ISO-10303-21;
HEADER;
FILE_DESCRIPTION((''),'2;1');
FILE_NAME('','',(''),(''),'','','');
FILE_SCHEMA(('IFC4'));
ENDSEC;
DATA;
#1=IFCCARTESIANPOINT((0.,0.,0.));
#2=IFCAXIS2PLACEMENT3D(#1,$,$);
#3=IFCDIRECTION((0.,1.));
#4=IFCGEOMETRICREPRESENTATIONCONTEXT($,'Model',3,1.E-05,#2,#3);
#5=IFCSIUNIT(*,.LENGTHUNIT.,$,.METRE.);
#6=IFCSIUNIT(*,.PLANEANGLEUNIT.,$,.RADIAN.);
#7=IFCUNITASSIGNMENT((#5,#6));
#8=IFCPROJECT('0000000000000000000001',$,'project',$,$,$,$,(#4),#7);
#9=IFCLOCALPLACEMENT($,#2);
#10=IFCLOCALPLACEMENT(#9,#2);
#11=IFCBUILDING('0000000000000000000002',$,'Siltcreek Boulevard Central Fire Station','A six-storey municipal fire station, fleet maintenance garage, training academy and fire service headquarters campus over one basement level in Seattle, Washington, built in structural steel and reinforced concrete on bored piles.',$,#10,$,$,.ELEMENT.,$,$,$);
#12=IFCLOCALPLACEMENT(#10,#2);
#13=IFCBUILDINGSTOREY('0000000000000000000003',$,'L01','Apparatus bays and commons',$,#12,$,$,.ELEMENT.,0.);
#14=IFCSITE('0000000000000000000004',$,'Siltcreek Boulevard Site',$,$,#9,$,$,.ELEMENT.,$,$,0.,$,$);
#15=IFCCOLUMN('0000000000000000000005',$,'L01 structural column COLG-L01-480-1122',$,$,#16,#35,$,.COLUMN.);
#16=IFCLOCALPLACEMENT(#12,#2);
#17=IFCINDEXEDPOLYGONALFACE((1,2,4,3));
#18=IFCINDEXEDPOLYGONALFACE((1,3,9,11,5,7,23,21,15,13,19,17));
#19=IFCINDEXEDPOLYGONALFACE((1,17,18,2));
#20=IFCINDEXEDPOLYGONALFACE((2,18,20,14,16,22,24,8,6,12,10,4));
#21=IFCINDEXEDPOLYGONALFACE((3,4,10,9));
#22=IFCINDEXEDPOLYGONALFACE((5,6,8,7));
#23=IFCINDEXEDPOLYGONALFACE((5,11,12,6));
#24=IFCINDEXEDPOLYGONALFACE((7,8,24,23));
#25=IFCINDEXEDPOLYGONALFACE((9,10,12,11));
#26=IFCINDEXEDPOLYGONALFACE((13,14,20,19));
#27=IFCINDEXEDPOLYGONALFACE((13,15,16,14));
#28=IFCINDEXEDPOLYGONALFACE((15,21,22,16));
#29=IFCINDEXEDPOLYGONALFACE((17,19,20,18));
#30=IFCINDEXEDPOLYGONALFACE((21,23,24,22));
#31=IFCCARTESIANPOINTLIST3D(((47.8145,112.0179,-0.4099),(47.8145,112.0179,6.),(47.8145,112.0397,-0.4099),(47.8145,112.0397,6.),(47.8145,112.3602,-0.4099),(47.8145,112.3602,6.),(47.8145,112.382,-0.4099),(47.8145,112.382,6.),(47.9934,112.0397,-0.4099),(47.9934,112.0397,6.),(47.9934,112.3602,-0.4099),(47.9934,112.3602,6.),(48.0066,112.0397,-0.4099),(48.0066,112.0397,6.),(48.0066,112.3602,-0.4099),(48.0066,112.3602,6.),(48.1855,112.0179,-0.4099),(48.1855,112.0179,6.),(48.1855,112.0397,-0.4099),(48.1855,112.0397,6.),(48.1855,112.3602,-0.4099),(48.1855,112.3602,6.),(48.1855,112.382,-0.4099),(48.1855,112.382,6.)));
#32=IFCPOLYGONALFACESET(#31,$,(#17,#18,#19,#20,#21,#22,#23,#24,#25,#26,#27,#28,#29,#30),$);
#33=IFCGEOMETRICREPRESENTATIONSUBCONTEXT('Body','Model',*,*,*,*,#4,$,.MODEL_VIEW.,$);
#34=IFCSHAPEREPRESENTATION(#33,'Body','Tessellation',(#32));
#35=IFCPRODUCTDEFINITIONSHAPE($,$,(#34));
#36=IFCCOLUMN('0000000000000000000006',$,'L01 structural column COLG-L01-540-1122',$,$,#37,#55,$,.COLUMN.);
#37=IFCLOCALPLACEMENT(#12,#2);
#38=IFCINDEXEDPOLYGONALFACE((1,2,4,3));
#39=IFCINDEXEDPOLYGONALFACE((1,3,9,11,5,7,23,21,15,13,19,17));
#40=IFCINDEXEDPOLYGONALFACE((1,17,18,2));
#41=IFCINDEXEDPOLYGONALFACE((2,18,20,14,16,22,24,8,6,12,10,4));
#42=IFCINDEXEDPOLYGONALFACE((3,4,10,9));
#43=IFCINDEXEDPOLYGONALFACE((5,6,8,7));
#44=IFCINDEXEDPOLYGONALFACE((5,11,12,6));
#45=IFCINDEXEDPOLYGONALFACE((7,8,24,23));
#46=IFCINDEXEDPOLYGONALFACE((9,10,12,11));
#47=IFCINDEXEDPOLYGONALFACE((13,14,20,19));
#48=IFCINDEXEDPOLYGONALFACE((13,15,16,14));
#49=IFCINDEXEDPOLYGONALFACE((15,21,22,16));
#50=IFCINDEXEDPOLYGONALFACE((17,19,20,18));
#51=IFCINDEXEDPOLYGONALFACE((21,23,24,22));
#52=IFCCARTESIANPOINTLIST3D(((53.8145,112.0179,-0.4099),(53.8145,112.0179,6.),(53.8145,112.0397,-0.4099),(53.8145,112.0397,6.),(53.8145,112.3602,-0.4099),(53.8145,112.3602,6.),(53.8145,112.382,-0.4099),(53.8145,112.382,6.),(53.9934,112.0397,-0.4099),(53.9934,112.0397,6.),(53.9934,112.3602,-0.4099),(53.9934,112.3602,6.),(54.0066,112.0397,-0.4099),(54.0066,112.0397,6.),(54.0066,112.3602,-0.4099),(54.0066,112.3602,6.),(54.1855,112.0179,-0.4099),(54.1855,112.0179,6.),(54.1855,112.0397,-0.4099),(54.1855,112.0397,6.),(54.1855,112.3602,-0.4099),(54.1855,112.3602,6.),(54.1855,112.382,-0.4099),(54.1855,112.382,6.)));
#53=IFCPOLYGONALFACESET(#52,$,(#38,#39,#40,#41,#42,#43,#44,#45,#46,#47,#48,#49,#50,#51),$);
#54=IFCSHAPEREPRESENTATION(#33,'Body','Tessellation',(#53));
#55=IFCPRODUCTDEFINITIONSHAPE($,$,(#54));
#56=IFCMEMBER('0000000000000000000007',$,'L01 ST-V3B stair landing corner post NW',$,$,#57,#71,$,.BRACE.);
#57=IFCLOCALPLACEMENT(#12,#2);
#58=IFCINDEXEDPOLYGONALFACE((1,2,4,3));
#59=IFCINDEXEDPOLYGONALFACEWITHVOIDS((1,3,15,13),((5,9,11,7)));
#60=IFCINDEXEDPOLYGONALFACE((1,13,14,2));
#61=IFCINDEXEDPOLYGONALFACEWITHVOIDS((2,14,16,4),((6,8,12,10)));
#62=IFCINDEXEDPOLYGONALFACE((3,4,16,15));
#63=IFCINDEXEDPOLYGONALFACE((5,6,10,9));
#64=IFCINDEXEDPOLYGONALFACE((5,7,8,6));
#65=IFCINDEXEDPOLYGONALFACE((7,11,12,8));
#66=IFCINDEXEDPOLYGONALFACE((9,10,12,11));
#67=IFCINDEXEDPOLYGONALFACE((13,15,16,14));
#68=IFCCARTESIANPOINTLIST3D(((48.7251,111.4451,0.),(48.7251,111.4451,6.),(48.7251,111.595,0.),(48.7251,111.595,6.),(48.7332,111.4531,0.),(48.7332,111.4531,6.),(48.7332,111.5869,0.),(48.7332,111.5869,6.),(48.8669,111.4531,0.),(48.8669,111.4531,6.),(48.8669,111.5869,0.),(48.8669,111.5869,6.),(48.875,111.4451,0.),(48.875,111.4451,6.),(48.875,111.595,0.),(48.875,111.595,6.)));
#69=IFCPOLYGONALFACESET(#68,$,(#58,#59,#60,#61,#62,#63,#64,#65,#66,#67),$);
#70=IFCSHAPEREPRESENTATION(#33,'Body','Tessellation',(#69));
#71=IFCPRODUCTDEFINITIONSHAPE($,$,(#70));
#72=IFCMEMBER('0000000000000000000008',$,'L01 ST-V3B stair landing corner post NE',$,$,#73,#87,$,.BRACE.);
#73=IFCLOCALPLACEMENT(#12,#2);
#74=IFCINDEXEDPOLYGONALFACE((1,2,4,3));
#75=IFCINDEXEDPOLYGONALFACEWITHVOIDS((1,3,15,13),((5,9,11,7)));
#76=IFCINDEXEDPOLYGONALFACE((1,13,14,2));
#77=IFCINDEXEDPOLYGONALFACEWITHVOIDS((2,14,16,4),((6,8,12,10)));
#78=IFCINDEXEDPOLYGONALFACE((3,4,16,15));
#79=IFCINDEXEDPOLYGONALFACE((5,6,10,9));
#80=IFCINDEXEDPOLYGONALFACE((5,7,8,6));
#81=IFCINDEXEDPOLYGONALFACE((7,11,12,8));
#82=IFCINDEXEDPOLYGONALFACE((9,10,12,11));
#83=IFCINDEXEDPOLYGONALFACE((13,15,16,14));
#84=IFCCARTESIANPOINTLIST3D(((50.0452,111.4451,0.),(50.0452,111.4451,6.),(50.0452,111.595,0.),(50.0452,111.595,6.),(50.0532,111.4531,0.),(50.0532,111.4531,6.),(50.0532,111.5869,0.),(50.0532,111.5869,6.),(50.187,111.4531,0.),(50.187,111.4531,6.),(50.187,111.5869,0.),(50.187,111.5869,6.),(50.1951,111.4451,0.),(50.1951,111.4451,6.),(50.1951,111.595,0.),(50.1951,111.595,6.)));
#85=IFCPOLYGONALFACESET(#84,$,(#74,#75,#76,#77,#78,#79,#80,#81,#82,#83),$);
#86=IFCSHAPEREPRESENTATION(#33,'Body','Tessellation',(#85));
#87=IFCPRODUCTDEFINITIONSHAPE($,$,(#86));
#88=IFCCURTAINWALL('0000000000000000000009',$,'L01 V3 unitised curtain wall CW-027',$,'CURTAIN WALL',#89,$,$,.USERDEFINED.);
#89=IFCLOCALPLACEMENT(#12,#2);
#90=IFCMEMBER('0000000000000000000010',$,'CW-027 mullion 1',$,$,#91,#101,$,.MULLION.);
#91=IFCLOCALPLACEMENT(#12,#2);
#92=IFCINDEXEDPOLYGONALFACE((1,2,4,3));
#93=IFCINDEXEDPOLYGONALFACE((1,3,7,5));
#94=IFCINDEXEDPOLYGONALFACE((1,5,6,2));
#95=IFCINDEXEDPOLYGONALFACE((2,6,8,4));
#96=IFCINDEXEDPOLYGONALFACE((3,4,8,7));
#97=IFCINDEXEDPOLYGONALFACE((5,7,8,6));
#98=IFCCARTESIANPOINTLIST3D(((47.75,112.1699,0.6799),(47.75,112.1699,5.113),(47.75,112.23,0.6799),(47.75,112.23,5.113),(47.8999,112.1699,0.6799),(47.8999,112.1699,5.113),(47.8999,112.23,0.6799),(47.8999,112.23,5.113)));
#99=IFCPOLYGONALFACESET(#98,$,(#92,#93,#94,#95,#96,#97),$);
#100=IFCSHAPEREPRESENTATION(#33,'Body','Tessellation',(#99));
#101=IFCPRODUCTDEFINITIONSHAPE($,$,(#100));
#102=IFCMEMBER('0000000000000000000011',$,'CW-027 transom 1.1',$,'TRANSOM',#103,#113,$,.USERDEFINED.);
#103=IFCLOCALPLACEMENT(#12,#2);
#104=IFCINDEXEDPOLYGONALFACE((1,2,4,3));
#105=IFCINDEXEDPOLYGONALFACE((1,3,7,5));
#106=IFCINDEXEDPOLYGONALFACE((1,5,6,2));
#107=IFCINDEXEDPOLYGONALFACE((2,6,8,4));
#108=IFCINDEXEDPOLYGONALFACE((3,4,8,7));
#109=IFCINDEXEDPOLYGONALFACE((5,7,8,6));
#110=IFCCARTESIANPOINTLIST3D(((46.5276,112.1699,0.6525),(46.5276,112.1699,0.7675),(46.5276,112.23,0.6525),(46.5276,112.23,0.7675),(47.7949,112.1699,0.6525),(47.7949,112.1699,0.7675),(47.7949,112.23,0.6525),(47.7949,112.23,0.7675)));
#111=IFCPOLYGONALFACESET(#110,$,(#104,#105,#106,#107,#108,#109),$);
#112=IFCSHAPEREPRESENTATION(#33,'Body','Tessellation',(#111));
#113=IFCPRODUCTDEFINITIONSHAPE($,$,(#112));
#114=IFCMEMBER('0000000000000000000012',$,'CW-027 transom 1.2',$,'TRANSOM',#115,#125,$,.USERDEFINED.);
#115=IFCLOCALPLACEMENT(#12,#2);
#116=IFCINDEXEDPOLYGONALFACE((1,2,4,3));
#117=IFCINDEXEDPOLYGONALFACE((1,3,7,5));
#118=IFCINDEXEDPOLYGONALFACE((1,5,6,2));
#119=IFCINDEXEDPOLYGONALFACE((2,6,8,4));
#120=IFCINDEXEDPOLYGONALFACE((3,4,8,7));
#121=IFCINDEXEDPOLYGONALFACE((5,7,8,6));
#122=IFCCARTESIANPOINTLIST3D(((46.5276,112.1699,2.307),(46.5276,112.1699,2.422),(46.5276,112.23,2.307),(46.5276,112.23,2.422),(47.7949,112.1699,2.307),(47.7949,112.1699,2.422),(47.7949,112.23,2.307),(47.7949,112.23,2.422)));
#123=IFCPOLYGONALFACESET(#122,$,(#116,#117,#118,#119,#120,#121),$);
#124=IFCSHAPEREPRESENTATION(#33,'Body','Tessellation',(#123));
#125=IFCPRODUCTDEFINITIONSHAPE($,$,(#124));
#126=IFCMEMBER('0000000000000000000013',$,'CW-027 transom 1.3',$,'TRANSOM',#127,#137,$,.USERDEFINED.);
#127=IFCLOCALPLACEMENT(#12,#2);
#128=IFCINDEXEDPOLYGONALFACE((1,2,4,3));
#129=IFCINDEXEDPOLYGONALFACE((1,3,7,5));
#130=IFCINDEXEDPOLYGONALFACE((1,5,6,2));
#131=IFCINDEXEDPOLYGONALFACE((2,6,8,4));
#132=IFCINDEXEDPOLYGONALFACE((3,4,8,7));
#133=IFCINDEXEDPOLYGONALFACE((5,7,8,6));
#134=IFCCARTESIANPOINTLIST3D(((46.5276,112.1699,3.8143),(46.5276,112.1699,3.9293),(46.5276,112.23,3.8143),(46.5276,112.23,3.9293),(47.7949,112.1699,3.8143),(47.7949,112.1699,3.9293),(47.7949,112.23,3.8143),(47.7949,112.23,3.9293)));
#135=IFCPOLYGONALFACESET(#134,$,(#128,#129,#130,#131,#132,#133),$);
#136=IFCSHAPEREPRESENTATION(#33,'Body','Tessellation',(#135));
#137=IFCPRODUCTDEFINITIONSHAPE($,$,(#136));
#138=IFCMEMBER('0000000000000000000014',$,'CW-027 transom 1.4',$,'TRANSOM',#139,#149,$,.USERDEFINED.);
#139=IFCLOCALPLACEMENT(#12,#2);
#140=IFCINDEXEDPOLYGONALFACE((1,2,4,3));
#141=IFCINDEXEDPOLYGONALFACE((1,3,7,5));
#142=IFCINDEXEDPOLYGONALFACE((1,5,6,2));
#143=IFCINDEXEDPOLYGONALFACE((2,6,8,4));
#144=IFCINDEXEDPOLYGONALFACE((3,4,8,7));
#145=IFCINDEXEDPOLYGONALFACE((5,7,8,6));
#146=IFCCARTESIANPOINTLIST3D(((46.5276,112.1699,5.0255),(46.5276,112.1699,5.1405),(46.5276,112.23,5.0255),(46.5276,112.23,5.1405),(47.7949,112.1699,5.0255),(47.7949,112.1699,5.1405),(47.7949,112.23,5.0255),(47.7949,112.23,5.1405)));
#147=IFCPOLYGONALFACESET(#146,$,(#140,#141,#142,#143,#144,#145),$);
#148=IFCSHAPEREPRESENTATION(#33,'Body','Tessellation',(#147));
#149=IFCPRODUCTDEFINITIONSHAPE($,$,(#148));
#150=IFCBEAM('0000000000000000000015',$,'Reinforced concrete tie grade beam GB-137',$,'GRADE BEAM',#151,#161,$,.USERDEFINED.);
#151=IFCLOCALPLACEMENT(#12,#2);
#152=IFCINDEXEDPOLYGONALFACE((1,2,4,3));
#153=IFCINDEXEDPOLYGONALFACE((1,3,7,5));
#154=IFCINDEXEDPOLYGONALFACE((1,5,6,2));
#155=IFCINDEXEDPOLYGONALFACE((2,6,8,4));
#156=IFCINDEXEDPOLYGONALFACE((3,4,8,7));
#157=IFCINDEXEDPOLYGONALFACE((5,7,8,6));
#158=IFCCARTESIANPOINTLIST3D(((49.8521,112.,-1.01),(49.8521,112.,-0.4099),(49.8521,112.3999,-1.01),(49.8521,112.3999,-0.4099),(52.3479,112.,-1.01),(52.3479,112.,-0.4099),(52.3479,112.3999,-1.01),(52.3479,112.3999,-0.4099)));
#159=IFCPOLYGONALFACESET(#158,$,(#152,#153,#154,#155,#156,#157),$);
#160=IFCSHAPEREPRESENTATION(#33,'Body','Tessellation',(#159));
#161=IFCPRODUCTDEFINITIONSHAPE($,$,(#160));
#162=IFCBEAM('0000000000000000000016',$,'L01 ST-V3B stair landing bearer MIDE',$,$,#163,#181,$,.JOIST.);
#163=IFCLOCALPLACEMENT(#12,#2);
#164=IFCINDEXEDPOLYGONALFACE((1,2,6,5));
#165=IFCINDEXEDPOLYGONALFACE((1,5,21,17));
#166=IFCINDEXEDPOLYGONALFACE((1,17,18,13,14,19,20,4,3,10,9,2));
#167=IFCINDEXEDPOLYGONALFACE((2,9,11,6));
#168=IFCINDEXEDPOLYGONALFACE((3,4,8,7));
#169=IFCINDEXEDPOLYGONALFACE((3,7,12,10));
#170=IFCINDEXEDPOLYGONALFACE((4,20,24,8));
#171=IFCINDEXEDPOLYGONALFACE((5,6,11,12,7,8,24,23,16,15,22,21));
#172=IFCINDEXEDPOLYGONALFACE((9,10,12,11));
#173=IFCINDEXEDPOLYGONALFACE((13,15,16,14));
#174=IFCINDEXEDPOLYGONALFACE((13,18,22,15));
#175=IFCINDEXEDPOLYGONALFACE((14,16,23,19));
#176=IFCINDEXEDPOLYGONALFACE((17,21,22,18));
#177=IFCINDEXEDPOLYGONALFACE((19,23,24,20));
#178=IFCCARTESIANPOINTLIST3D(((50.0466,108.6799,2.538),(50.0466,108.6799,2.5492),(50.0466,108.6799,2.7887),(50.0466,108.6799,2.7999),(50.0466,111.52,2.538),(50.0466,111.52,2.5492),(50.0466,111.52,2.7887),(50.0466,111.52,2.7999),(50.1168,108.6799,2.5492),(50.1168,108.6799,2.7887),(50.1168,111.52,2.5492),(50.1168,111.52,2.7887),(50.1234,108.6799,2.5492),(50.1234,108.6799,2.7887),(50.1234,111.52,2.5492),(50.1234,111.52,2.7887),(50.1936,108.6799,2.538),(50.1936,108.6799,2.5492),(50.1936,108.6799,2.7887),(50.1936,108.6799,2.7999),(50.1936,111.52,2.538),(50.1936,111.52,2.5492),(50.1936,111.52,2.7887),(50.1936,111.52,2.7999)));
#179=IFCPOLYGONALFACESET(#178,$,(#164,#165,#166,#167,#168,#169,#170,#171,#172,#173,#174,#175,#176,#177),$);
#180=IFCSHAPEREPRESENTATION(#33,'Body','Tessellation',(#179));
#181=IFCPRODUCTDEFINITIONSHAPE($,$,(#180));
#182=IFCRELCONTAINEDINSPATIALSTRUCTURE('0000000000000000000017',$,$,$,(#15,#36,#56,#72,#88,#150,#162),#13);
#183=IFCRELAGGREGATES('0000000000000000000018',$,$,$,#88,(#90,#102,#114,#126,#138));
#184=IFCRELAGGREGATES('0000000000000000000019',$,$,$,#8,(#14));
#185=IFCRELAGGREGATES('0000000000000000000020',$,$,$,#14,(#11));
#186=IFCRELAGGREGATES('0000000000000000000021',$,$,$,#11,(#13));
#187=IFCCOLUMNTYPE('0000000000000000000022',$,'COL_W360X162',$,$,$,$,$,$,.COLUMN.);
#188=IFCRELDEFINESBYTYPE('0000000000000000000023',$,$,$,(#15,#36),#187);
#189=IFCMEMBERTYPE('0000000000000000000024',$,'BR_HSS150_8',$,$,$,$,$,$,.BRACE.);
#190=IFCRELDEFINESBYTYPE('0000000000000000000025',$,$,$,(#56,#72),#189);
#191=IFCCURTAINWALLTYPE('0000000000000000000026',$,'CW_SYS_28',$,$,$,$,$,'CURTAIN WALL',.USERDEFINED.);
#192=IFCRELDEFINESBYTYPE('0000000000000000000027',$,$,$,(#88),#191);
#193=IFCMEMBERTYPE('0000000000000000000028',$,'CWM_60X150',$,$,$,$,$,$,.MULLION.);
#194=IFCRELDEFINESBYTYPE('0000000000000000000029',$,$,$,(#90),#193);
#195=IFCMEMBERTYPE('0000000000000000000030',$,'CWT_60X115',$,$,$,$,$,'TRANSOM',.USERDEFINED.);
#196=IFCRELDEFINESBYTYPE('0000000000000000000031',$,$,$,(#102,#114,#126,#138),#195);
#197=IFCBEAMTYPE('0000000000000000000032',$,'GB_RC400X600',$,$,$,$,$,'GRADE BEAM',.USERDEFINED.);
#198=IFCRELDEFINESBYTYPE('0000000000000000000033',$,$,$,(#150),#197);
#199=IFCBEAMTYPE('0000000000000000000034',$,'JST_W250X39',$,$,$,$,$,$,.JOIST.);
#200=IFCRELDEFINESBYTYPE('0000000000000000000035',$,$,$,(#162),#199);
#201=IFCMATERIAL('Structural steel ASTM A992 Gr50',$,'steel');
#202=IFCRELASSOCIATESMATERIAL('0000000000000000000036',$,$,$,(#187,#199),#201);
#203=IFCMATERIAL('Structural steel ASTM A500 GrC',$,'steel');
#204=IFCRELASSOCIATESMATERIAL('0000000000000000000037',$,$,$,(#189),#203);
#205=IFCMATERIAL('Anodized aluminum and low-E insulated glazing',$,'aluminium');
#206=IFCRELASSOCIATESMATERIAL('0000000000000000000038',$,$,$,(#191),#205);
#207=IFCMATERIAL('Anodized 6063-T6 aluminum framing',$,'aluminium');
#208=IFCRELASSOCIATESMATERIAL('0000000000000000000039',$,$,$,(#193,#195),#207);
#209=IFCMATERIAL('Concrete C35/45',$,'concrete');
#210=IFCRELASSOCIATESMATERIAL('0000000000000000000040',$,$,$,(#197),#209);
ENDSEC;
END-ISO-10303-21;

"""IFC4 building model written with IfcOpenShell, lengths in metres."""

from ifc_helpers import new_model, si_unit, direction, frame, origin, origin_2d, place, context, subcontext, project, spatial, rectangle, hollow_rectangle, i_section, extrude, material, material_profile, profile_set, type_object, element, aggregate, save


model = new_model("IFC4")

# Units and contexts
model_context = context("Model", 3, precision=1e-05, world=origin(), true_north=direction((0.0, 1.0)))
body_context = subcontext(model_context, "Body", "Model", "MODEL_VIEW")
ifc_project = project(units=[si_unit("LENGTHUNIT", "METRE"), si_unit("PLANEANGLEUNIT", "RADIAN")], contexts=[model_context])

# Site, building, storey
site_placement = place(None, origin())
site = spatial("IfcSite", under=ifc_project, at=site_placement, Name="Siltcreek Boulevard Site", CompositionType="ELEMENT", RefElevation=0.0)
building_placement = place(site_placement, origin())
building = spatial("IfcBuilding", under=site, at=building_placement, Name="Siltcreek Boulevard Central Fire Station", Description="A six-storey municipal fire station, fleet maintenance garage, training academy and fire service headquarters campus over one basement level in Seattle, Washington, built in structural steel and reinforced concrete on bored piles.", CompositionType="ELEMENT")
storey_placement = place(building_placement, origin())
storey = spatial("IfcBuildingStorey", under=building, at=storey_placement, Name="L01", Description="Apparatus bays and commons", CompositionType="ELEMENT", Elevation=0.0)

# Shared definitions
ifc_material_1 = material(Name="Concrete C35/45", Category="concrete")

# Columns
ifc_material_2 = material(Name="Structural steel ASTM A992 Gr50", Category="steel")
ifc_material_profile_1 = material_profile(ifc_material_2, i_section(OverallWidth=0.3711, OverallDepth=0.364, WebThickness=0.0132, FlangeThickness=0.0217, at=origin_2d()), Name="W360X162")
ifc_profile_set_1 = profile_set([ifc_material_profile_1], Name="Structural steel ASTM A992 Gr50")
column_type = type_object("IfcColumnType", Name="COL_W360X162", PredefinedType="COLUMN", material=ifc_profile_set_1)
for number, where, z_axis, x_axis, name in (
    (1, (48.0, 112.2, -0.4099), (0.0, 0.0, 1.0), (1.0, 0.0, 0.0), "L01 structural column COLG-L01-480-1122"),
    (2, (54.0, 112.2, -0.4099), (0.0, 0.0, 1.0), (1.0, 0.0, 0.0), "L01 structural column COLG-L01-540-1122"),
):
    element("IfcColumn", number, at=place(storey_placement, frame(where, z_axis=z_axis, x_axis=x_axis)), inside=storey, type_object=column_type, Name=name, PredefinedType="COLUMN", context=body_context, shape_type="SweptSolid", body=[
        extrude(i_section(OverallWidth=0.3711, OverallDepth=0.364, WebThickness=0.0132, FlangeThickness=0.0217, at=origin_2d()), origin(), (0.0, 0.0, 1.0), 6.4099),
    ])

# Members
ifc_material_3 = material(Name="Structural steel ASTM A500 GrC", Category="steel")
ifc_material_profile_2 = material_profile(ifc_material_3, hollow_rectangle(XDim=0.1499, YDim=0.1499, WallThickness=0.0081, at=origin_2d()), Name="HSS150X150X8.0")
ifc_profile_set_2 = profile_set([ifc_material_profile_2], Name="Structural steel ASTM A500 GrC")
member_type_1 = type_object("IfcMemberType", Name="BR_HSS150_8", PredefinedType="BRACE", material=ifc_profile_set_2)
for number, where, z_axis, x_axis, name in (
    (3, (48.8, 111.52, 0.0), (0.0, 0.0, 1.0), (1.0, 0.0, 0.0), "L01 ST-V3B stair landing corner post NW"),
    (4, (50.1201, 111.52, 0.0), (0.0, 0.0, 1.0), (1.0, 0.0, 0.0), "L01 ST-V3B stair landing corner post NE"),
):
    element("IfcMember", number, at=place(storey_placement, frame(where, z_axis=z_axis, x_axis=x_axis)), inside=storey, type_object=member_type_1, Name=name, PredefinedType="BRACE", context=body_context, shape_type="SweptSolid", body=[
        extrude(hollow_rectangle(XDim=0.1499, YDim=0.1499, WallThickness=0.0081, at=origin_2d()), origin(), (0.0, 0.0, 1.0), 6.0),
    ])

# Curtain wall, members
ifc_material_4 = material(Name="Anodized aluminum and low-E insulated glazing", Category="aluminium")
curtain_wall_type = type_object("IfcCurtainWallType", Name="CW_SYS_28", ElementType="CURTAIN WALL", PredefinedType="USERDEFINED", material=ifc_material_4)
curtain_wall_placement = place(storey_placement, origin())
curtain_wall = element("IfcCurtainWall", 5, at=curtain_wall_placement, inside=storey, type_object=curtain_wall_type, Name="L01 V3 unitised curtain wall CW-027", ObjectType="CURTAIN WALL", PredefinedType="USERDEFINED")
ifc_material_5 = material(Name="Anodized 6063-T6 aluminum framing", Category="aluminium")
ifc_material_profile_3 = material_profile(ifc_material_5, rectangle(XDim=0.0601, YDim=0.1499, at=origin_2d()), Name="MULL60X150")
ifc_profile_set_3 = profile_set([ifc_material_profile_3], Name="Anodized 6063-T6 aluminum framing")
member_type_2 = type_object("IfcMemberType", Name="CWM_60X150", PredefinedType="MULLION", material=ifc_profile_set_3)
member_1_placement = place(storey_placement, frame((47.825, 112.2, 0.6799), z_axis=(0.0, 0.0, 1.0), x_axis=(0.0, -1.0, 0.0)))
member_1 = element("IfcMember", 6, at=member_1_placement, type_object=member_type_2, Name="CW-027 mullion 1", PredefinedType="MULLION", context=body_context, shape_type="SweptSolid", body=[
    extrude(rectangle(XDim=0.0601, YDim=0.1499, at=origin_2d()), origin(), (0.0, 0.0, 1.0), 4.4331),
])
ifc_material_profile_4 = material_profile(ifc_material_5, rectangle(XDim=0.0601, YDim=0.115, at=origin_2d()), Name="TRAN60X115")
ifc_profile_set_4 = profile_set([ifc_material_profile_4], Name="Anodized 6063-T6 aluminum framing")
member_type_3 = type_object("IfcMemberType", Name="CWT_60X115", ElementType="TRANSOM", PredefinedType="USERDEFINED", material=ifc_profile_set_4)
member_2_placement = place(storey_placement, frame((47.7949, 112.2, 0.71), z_axis=(-1.0, 0.0, 0.0), x_axis=(0.0, -1.0, 0.0)))
member_2 = element("IfcMember", 7, at=member_2_placement, type_object=member_type_3, Name="CW-027 transom 1.1", ObjectType="TRANSOM", PredefinedType="USERDEFINED", context=body_context, shape_type="SweptSolid", body=[
    extrude(rectangle(XDim=0.0601, YDim=0.115, at=origin_2d()), origin(), (0.0, 0.0, 1.0), 1.2673),
])
member_3_placement = place(storey_placement, frame((47.7949, 112.2, 2.3645), z_axis=(-1.0, 0.0, 0.0), x_axis=(0.0, -1.0, 0.0)))
member_3 = element("IfcMember", 8, at=member_3_placement, type_object=member_type_3, Name="CW-027 transom 1.2", ObjectType="TRANSOM", PredefinedType="USERDEFINED", context=body_context, shape_type="SweptSolid", body=[
    extrude(rectangle(XDim=0.0601, YDim=0.115, at=origin_2d()), origin(), (0.0, 0.0, 1.0), 1.2673),
])
member_4_placement = place(storey_placement, frame((47.7949, 112.2, 3.8718), z_axis=(-1.0, 0.0, 0.0), x_axis=(0.0, -1.0, 0.0)))
member_4 = element("IfcMember", 9, at=member_4_placement, type_object=member_type_3, Name="CW-027 transom 1.3", ObjectType="TRANSOM", PredefinedType="USERDEFINED", context=body_context, shape_type="SweptSolid", body=[
    extrude(rectangle(XDim=0.0601, YDim=0.115, at=origin_2d()), origin(), (0.0, 0.0, 1.0), 1.2673),
])
member_5_placement = place(storey_placement, frame((47.7949, 112.2, 5.083), z_axis=(-1.0, 0.0, 0.0), x_axis=(0.0, -1.0, 0.0)))
member_5 = element("IfcMember", 10, at=member_5_placement, type_object=member_type_3, Name="CW-027 transom 1.4", ObjectType="TRANSOM", PredefinedType="USERDEFINED", context=body_context, shape_type="SweptSolid", body=[
    extrude(rectangle(XDim=0.0601, YDim=0.115, at=origin_2d()), origin(), (0.0, 0.0, 1.0), 1.2673),
])

# Beams
ifc_material_profile_5 = material_profile(ifc_material_1, rectangle(XDim=0.3999, YDim=0.6001, at=origin_2d()), Name="RC400X600")
ifc_profile_set_5 = profile_set([ifc_material_profile_5], Name="Concrete C35/45")
beam_type_1 = type_object("IfcBeamType", Name="GB_RC400X600", ElementType="GRADE BEAM", PredefinedType="USERDEFINED", material=ifc_profile_set_5)
beam_1_placement = place(storey_placement, frame((49.8521, 112.2, -0.71), z_axis=(1.0, 0.0, 0.0), x_axis=(0.0, 1.0, 0.0)))
element("IfcBeam", 11, at=beam_1_placement, inside=storey, type_object=beam_type_1, Name="Reinforced concrete tie grade beam GB-137", ObjectType="GRADE BEAM", PredefinedType="USERDEFINED", context=body_context, shape_type="SweptSolid", body=[
    extrude(rectangle(XDim=0.3999, YDim=0.6001, at=origin_2d()), origin(), (0.0, 0.0, 1.0), 2.4958),
])
ifc_material_profile_6 = material_profile(ifc_material_2, i_section(OverallWidth=0.147, OverallDepth=0.262, WebThickness=0.0066, FlangeThickness=0.0112, at=origin_2d()), Name="W250X39")
ifc_profile_set_6 = profile_set([ifc_material_profile_6], Name="Structural steel ASTM A992 Gr50")
beam_type_2 = type_object("IfcBeamType", Name="JST_W250X39", PredefinedType="JOIST", material=ifc_profile_set_6)
beam_2_placement = place(storey_placement, frame((50.1201, 108.6799, 2.6689), z_axis=(0.0, 1.0, 0.0), x_axis=(-1.0, 0.0, 0.0)))
element("IfcBeam", 12, at=beam_2_placement, inside=storey, type_object=beam_type_2, Name="L01 ST-V3B stair landing bearer MIDE", PredefinedType="JOIST", context=body_context, shape_type="SweptSolid", body=[
    extrude(i_section(OverallWidth=0.147, OverallDepth=0.262, WebThickness=0.0066, FlangeThickness=0.0112, at=origin_2d()), origin(), (0.0, 0.0, 1.0), 2.8401),
])

aggregate(curtain_wall, [member_1, member_2, member_3, member_4, member_5])

save(model, "model.ifc")
